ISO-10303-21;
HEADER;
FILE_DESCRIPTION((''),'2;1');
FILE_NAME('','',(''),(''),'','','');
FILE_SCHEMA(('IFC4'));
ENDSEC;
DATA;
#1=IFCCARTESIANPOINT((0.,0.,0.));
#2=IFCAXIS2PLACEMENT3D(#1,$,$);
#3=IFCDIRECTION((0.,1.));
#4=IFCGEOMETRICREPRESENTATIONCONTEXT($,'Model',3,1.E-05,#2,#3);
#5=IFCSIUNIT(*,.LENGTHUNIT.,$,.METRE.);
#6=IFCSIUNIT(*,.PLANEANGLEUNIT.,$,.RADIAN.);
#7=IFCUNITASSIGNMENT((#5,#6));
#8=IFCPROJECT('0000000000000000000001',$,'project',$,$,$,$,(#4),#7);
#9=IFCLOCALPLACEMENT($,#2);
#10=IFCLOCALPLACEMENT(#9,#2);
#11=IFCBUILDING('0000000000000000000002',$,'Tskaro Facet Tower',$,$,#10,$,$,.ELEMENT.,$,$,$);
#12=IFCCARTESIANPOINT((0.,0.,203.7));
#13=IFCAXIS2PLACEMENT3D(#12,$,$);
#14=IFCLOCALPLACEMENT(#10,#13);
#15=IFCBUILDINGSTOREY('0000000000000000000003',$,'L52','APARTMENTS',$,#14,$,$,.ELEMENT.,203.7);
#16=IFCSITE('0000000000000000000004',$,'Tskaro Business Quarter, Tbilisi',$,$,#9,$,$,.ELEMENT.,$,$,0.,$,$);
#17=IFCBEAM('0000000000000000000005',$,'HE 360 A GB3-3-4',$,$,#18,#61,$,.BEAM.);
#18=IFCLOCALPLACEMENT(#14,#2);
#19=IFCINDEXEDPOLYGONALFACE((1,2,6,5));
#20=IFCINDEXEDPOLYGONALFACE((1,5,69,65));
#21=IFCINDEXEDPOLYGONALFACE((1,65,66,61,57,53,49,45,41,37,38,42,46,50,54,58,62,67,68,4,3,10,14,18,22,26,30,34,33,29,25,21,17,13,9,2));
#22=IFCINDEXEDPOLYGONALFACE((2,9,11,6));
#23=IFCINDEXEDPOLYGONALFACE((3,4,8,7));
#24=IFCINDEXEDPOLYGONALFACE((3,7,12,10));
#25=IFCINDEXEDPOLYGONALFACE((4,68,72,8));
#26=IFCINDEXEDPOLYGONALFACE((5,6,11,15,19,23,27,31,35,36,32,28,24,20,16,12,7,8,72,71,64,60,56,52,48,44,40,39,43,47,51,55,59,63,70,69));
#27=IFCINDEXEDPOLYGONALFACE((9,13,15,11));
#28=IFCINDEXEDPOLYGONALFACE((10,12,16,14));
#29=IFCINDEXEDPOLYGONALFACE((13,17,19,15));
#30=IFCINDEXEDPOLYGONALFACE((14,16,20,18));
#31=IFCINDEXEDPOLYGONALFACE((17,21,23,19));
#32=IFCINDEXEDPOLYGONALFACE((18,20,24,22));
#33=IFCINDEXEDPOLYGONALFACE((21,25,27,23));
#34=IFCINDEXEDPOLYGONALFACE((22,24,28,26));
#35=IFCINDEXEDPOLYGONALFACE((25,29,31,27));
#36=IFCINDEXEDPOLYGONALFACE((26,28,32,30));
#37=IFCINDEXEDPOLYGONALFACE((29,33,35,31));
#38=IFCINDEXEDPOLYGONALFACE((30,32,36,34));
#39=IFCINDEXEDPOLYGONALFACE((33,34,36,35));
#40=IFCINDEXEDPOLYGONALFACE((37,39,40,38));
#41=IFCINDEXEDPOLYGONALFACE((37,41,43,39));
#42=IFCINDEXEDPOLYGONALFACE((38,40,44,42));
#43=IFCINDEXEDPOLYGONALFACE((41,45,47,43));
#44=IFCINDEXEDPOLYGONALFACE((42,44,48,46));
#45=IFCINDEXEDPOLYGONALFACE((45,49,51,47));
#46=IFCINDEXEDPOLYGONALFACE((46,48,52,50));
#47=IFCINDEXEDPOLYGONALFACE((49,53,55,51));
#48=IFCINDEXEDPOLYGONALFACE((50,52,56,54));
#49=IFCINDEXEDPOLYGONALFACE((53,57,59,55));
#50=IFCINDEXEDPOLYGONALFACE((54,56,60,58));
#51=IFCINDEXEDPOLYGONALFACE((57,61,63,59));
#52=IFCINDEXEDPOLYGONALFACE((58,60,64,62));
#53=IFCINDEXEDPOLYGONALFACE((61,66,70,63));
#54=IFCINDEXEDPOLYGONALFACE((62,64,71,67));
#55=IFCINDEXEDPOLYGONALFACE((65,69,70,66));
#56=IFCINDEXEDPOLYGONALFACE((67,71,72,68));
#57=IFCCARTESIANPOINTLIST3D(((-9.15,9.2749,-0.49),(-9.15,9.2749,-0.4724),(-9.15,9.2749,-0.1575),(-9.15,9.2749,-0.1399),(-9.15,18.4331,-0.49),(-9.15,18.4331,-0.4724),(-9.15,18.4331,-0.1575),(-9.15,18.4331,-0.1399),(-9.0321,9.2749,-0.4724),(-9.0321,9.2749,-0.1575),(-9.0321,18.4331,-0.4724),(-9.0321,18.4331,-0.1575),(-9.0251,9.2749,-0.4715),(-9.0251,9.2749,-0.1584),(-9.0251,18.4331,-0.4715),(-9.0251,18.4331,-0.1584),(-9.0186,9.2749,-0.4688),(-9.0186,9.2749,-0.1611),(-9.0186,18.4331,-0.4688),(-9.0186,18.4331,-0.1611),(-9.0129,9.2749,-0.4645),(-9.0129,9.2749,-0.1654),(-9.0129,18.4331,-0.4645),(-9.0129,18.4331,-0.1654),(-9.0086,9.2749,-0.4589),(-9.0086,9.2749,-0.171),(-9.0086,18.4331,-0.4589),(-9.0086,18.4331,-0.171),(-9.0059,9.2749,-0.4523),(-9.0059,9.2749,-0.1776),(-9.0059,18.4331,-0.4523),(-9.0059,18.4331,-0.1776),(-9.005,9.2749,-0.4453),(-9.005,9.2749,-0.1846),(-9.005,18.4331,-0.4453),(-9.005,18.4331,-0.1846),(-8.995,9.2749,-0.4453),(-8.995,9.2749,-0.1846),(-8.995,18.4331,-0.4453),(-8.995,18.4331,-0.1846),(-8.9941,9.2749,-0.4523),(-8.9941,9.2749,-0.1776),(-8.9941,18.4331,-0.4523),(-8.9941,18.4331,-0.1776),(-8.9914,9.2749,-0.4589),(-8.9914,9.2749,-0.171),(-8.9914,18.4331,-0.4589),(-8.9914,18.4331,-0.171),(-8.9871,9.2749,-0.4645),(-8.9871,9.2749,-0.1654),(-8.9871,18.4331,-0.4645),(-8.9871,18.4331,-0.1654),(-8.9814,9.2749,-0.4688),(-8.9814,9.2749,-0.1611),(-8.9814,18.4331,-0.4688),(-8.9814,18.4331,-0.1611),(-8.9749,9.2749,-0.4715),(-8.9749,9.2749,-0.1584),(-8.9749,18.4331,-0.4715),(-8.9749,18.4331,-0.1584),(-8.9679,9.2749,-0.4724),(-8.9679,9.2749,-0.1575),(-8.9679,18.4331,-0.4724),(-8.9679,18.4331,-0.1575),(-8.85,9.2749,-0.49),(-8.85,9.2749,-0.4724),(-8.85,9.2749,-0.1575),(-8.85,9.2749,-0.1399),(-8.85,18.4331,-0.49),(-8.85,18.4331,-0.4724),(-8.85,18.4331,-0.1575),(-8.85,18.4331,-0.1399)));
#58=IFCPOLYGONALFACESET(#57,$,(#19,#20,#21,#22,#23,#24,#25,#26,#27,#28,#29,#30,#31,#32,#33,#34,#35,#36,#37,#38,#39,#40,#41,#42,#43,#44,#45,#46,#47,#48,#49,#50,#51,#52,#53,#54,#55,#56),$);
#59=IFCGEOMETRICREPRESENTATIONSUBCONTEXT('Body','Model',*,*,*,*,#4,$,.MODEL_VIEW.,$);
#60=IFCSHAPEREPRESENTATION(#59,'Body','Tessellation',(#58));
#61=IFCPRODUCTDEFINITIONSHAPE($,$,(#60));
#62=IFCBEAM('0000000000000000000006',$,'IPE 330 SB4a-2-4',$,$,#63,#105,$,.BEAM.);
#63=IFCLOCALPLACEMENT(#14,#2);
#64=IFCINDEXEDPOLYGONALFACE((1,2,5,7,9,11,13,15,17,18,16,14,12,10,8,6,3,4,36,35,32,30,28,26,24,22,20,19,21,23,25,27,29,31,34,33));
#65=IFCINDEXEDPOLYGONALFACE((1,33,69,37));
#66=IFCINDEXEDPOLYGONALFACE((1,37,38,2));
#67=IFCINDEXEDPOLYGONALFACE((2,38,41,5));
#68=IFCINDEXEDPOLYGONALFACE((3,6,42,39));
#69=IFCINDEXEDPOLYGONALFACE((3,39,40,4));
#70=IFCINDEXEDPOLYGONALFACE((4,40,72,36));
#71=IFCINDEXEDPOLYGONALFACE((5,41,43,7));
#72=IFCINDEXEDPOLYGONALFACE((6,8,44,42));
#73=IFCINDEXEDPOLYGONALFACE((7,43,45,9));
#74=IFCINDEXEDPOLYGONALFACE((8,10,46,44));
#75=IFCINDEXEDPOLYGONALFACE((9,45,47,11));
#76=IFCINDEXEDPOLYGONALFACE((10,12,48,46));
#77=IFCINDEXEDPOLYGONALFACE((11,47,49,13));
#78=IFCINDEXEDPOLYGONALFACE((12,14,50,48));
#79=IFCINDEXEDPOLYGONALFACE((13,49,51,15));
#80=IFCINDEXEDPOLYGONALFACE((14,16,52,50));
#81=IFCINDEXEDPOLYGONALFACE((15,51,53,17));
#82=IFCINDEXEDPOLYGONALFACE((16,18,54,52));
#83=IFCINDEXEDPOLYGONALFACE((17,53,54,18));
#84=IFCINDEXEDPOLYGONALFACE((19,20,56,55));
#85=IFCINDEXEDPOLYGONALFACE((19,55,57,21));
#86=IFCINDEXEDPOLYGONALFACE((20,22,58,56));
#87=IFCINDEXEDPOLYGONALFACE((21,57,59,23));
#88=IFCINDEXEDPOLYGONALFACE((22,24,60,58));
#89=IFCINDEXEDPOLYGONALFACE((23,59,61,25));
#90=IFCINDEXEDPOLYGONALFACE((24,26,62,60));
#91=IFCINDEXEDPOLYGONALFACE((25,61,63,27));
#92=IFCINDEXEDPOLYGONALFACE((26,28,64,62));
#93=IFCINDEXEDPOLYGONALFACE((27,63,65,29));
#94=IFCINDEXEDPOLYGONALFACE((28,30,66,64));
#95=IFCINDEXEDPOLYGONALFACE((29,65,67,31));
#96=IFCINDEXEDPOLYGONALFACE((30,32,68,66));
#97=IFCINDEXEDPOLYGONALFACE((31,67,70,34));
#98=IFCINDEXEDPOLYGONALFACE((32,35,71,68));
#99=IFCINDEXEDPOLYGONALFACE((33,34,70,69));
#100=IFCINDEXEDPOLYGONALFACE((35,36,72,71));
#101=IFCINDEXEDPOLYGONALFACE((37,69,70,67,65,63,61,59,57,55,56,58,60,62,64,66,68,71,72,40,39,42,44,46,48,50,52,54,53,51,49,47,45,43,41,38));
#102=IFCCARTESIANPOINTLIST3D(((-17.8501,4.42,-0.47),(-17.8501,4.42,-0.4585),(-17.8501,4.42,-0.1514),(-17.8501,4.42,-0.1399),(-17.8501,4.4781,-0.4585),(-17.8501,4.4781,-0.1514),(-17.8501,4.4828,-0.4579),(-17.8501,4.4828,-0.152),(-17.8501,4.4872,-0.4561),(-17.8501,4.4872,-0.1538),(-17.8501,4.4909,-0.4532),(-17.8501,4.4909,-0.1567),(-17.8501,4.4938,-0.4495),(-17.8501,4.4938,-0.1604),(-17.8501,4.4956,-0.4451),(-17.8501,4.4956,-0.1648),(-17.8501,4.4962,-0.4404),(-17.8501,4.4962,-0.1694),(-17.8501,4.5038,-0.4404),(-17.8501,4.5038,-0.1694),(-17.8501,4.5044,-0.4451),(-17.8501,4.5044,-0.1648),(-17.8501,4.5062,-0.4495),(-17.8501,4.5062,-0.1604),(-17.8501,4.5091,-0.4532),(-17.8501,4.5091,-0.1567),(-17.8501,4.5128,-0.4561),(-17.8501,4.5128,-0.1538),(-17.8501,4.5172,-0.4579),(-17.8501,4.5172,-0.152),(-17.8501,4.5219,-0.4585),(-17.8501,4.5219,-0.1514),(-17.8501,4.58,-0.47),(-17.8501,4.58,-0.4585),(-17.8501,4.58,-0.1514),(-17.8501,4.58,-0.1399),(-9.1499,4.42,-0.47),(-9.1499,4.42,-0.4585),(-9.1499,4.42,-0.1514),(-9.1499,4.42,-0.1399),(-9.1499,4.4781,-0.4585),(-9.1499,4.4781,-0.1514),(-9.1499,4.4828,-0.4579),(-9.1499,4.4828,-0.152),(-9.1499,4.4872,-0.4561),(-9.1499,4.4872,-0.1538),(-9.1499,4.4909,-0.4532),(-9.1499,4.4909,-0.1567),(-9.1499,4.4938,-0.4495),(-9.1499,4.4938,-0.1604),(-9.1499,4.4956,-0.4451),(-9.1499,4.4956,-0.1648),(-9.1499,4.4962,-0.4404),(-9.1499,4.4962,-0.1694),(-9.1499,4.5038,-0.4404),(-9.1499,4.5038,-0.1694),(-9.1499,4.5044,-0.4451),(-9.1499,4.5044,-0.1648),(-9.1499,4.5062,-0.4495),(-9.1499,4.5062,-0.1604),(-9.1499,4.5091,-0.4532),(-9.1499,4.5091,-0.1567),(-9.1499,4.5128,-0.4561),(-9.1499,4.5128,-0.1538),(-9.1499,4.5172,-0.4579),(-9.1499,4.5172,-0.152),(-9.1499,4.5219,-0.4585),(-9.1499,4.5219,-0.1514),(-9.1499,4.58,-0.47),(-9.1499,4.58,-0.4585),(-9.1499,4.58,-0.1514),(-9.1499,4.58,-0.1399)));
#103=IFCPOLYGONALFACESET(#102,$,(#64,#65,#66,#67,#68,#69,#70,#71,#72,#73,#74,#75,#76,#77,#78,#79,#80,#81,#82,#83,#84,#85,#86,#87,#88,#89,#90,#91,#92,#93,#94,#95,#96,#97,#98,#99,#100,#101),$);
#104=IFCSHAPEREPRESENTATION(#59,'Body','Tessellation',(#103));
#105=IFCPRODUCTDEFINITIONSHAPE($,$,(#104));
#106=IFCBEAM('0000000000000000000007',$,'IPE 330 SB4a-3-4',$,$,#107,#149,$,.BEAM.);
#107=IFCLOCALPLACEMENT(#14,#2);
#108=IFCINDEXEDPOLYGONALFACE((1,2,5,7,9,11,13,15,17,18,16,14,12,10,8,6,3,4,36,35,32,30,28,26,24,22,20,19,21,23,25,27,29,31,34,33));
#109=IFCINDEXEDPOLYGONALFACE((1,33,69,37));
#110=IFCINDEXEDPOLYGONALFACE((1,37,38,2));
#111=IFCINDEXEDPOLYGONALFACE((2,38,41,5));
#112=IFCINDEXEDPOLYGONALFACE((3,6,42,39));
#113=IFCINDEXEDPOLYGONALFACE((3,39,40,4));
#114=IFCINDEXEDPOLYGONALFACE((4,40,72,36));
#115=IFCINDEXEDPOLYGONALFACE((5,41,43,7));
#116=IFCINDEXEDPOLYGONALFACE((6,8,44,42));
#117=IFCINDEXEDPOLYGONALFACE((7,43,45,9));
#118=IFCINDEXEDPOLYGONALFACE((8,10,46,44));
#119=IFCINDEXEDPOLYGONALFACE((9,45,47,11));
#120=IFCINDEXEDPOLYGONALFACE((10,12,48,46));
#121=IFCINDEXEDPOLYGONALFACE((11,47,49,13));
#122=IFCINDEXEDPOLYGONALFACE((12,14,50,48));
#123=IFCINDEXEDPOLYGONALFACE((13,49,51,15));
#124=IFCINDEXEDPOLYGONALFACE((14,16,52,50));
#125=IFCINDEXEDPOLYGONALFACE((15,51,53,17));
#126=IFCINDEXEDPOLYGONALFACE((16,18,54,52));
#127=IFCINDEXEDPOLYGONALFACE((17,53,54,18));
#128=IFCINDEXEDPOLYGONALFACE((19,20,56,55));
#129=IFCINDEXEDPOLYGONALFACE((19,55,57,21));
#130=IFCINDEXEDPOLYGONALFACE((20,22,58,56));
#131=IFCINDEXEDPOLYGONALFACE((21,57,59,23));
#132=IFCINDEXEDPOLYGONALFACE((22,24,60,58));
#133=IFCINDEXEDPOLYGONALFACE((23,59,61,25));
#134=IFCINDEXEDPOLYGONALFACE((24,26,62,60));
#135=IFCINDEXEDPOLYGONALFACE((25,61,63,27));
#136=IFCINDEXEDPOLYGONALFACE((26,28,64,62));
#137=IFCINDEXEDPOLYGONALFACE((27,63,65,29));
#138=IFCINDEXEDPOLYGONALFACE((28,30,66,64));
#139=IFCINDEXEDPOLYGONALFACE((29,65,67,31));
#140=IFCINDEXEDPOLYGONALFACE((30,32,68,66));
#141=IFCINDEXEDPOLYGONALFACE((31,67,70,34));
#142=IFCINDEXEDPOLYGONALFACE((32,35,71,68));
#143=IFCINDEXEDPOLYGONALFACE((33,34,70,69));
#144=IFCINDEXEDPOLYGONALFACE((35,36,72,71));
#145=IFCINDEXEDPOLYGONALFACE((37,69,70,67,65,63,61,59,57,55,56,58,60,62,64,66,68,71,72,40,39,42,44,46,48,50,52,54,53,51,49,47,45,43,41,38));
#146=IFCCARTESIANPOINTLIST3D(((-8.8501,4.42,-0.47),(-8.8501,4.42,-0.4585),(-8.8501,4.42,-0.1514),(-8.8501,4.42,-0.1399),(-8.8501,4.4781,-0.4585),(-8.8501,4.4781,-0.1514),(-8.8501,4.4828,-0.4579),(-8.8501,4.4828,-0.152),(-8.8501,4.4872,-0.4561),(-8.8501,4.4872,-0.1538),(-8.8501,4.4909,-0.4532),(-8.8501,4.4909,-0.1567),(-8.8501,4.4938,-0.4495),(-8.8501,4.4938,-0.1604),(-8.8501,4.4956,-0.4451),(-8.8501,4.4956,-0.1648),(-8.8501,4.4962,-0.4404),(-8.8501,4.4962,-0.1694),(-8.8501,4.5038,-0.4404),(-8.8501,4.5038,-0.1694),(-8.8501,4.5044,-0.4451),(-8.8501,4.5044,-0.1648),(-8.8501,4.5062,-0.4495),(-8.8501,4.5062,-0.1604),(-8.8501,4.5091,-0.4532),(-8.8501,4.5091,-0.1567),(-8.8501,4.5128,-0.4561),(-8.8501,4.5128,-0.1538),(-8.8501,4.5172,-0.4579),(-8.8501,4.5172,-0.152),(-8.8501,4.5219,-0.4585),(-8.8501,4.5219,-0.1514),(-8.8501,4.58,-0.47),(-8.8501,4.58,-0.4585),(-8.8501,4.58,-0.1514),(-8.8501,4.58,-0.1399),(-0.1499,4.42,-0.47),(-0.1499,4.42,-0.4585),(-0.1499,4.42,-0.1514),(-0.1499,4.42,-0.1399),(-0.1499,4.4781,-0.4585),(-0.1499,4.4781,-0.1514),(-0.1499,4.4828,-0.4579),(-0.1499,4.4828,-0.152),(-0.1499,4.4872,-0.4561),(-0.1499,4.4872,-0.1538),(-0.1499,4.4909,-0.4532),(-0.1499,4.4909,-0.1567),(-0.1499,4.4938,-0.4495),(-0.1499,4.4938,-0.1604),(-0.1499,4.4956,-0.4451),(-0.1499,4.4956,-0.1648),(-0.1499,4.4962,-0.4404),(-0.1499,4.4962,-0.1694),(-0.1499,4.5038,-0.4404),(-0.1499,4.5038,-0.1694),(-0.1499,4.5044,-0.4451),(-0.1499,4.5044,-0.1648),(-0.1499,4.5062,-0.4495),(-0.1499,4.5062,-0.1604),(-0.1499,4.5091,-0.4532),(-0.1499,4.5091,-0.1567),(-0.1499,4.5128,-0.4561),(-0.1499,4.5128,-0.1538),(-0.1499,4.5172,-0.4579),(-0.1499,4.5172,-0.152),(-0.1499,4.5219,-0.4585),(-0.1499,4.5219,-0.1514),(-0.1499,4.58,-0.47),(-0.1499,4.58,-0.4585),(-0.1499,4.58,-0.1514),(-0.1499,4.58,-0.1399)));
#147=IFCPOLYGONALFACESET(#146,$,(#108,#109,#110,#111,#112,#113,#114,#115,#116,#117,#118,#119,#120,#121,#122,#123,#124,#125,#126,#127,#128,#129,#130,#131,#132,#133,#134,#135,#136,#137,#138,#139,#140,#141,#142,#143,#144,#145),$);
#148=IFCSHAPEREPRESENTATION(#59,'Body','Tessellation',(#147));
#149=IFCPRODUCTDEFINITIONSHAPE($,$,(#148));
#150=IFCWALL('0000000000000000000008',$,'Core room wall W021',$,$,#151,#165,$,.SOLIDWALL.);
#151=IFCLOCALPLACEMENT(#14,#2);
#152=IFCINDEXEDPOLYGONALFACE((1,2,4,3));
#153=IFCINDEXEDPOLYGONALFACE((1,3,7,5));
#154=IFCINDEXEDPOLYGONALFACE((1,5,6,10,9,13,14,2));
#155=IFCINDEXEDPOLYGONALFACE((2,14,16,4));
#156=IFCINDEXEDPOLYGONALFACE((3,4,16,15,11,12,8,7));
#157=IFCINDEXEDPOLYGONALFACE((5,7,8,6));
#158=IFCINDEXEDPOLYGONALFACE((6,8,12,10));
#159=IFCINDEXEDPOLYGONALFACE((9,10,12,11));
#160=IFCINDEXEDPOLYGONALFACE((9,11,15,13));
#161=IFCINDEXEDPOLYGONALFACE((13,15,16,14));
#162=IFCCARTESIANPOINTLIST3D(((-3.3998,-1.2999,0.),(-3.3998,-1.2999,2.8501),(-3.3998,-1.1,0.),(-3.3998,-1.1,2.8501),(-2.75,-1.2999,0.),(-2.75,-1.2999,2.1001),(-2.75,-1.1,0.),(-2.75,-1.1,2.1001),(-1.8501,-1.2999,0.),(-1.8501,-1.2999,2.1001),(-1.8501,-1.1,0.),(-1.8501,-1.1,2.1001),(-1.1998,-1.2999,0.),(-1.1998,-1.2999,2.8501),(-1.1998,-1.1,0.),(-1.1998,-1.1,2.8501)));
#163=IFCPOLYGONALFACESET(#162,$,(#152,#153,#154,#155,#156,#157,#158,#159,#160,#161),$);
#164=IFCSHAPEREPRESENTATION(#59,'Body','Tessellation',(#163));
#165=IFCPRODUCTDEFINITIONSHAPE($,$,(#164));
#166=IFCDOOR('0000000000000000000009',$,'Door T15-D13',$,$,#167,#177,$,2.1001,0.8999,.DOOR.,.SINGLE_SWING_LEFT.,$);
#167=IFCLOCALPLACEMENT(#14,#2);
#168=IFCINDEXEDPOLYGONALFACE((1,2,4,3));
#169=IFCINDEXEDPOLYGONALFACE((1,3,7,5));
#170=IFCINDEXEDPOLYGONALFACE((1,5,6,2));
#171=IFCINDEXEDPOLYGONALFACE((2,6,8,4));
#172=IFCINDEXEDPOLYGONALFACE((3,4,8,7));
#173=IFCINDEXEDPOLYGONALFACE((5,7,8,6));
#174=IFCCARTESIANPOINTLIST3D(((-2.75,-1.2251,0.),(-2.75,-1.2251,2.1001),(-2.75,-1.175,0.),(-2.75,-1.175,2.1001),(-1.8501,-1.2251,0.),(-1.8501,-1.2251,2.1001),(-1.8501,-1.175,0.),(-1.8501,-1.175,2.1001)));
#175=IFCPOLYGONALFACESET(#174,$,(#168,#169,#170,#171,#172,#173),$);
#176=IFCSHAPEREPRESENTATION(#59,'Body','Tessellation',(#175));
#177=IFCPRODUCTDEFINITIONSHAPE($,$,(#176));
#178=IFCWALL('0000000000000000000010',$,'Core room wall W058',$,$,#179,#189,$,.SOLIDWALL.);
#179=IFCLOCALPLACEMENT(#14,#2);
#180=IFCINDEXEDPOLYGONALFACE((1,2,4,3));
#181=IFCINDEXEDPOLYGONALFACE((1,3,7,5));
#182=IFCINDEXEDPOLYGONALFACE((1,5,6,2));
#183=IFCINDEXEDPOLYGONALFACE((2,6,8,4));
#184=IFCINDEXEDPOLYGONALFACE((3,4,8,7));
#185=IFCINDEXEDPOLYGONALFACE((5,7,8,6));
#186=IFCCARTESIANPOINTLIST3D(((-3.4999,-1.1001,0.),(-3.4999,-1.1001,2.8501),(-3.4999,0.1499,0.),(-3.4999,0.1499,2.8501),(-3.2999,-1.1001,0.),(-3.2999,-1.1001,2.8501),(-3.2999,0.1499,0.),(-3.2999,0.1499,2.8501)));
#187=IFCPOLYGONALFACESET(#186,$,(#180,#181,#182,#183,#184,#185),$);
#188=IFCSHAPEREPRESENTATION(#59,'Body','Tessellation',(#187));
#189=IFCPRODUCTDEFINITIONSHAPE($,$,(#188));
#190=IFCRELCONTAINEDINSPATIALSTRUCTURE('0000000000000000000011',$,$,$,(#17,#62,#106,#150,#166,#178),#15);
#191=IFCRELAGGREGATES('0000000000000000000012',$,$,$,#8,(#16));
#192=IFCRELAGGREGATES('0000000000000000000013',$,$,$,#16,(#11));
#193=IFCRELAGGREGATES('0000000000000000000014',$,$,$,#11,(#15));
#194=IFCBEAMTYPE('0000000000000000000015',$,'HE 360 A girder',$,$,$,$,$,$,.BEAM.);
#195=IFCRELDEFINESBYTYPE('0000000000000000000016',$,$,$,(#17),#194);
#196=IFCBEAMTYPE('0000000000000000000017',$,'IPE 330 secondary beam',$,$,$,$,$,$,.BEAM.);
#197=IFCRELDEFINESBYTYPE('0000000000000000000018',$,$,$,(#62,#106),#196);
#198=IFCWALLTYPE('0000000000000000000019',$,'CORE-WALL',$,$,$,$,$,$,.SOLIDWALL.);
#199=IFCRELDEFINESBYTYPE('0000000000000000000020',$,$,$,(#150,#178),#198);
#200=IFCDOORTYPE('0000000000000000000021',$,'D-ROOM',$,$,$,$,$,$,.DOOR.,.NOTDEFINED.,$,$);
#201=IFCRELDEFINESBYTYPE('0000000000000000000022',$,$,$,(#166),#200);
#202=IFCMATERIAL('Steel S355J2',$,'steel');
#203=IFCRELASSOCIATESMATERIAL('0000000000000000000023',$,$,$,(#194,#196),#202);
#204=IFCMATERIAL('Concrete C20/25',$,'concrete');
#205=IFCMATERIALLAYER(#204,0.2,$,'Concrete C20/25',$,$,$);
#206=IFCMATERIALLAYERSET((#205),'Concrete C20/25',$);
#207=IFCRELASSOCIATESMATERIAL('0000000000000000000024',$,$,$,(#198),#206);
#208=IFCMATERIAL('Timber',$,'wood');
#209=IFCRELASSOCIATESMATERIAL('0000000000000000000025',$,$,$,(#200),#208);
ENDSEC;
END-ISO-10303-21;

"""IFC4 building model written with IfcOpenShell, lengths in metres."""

from ifc_helpers import new_model, si_unit, direction, frame, frame_2d, origin, origin_2d, place, context, subcontext, project, spatial, rectangle, i_section, extrude, material, layer, layer_set, material_profile, profile_set, type_object, element, fill, save


model = new_model("IFC4")

# Units and contexts
model_context = context("Model", 3, precision=1e-05, world=origin(), true_north=direction((0.0, 1.0)))
body_context = subcontext(model_context, "Body", "Model", "MODEL_VIEW")
ifc_project = project(units=[si_unit("LENGTHUNIT", "METRE"), si_unit("PLANEANGLEUNIT", "RADIAN")], contexts=[model_context])

# Site, building, storey
site_placement = place(None, origin())
site = spatial("IfcSite", under=ifc_project, at=site_placement, Name="Tskaro Business Quarter, Tbilisi", CompositionType="ELEMENT", RefElevation=0.0)
building_placement = place(site_placement, origin())
building = spatial("IfcBuilding", under=site, at=building_placement, Name="Tskaro Facet Tower", CompositionType="ELEMENT")
storey_placement = place(building_placement, frame((0.0, 0.0, 203.7)))
storey = spatial("IfcBuildingStorey", under=building, at=storey_placement, Name="L52", Description="APARTMENTS", CompositionType="ELEMENT", Elevation=203.7)

# Beams
ifc_material_1 = material(Name="Steel S355J2", Category="steel")
ifc_material_profile_1 = material_profile(ifc_material_1, i_section(OverallWidth=0.3, OverallDepth=0.3501, WebThickness=0.01, FlangeThickness=0.0176, FilletRadius=0.0271, at=origin_2d()), Name="HE 360 A")
ifc_profile_set_1 = profile_set([ifc_material_profile_1], Name="Steel S355J2")
beam_type_1 = type_object("IfcBeamType", Name="HE 360 A girder", PredefinedType="BEAM", material=ifc_profile_set_1)
beam_1_placement = place(storey_placement, frame((-9.0, 9.2749, -0.3149), z_axis=(0.0, 1.0, 0.0), x_axis=(-1.0, 0.0, 0.0)))
element("IfcBeam", 1, at=beam_1_placement, inside=storey, type_object=beam_type_1, Name="HE 360 A GB3-3-4", PredefinedType="BEAM", context=body_context, shape_type="SweptSolid", body=[
    extrude(i_section(OverallWidth=0.3, OverallDepth=0.3501, WebThickness=0.01, FlangeThickness=0.0176, FilletRadius=0.0271, at=origin_2d()), origin(), (0.0, 0.0, 1.0), 9.1582),
])
ifc_material_profile_2 = material_profile(ifc_material_1, i_section(OverallWidth=0.1599, OverallDepth=0.3301, WebThickness=0.0076, FlangeThickness=0.0115, FilletRadius=0.0181, at=origin_2d()), Name="IPE 330")
ifc_profile_set_2 = profile_set([ifc_material_profile_2], Name="Steel S355J2")
beam_type_2 = type_object("IfcBeamType", Name="IPE 330 secondary beam", PredefinedType="BEAM", material=ifc_profile_set_2)
for number, where, z_axis, x_axis, name in (
    (2, (-17.8501, 4.5, -0.3049), (1.0, 0.0, 0.0), (0.0, 1.0, 0.0), "IPE 330 SB4a-2-4"),
    (3, (-8.8501, 4.5, -0.3049), (1.0, 0.0, 0.0), (0.0, 1.0, 0.0), "IPE 330 SB4a-3-4"),
):
    element("IfcBeam", number, at=place(storey_placement, frame(where, z_axis=z_axis, x_axis=x_axis)), inside=storey, type_object=beam_type_2, Name=name, PredefinedType="BEAM", context=body_context, shape_type="SweptSolid", body=[
        extrude(i_section(OverallWidth=0.1599, OverallDepth=0.3301, WebThickness=0.0076, FlangeThickness=0.0115, FilletRadius=0.0181, at=origin_2d()), origin(), (0.0, 0.0, 1.0), 8.7002),
    ])

# Wall, opening, door
ifc_material_2 = material(Name="Concrete C20/25", Category="concrete")
ifc_layer_1 = layer(ifc_material_2, 0.2, Name="Concrete C20/25")
ifc_layer_set_1 = layer_set([ifc_layer_1], Name="Concrete C20/25")
wall_type_1 = type_object("IfcWallType", Name="CORE-WALL", PredefinedType="SOLIDWALL", material=ifc_layer_set_1)
wall_1_placement = place(storey_placement, frame((-3.3999, -1.2, 0.0), z_axis=(0.0, 0.0, 1.0), x_axis=(1.0, 0.0, 0.0)))
wall_1 = element("IfcWall", 4, at=wall_1_placement, inside=storey, type_object=wall_type_1, Name="Core room wall W021", PredefinedType="SOLIDWALL", context=body_context, shape_type="SweptSolid", body=[
    extrude(rectangle(XDim=2.2, YDim=0.2, at=frame_2d((1.1001, 0.0))), origin(), (0.0, 0.0, 1.0), 2.8501),
])
opening_1_placement = place(wall_1_placement, frame((0.6499, 0.0, 0.0)))
opening_1 = element("IfcOpeningElement", 5, at=opening_1_placement, cuts=wall_1, PredefinedType="OPENING", context=body_context, shape_type="SweptSolid", body=[
    extrude(rectangle(XDim=0.8999, YDim=2.1001, at=frame_2d((0.45, 1.05))), frame((0.0, 0.1099, 0.0), z_axis=(0.0, -1.0, 0.0), x_axis=(1.0, 0.0, 0.0)), (0.0, 0.0, 1.0), 0.22),
])
ifc_material_3 = material(Name="Timber", Category="wood")
door_type_1 = type_object("IfcDoorType", Name="D-ROOM", OperationType="NOTDEFINED", PredefinedType="DOOR", material=ifc_material_3)
door_1_placement = place(opening_1_placement, origin())
door_1 = element("IfcDoor", 6, at=door_1_placement, inside=storey, type_object=door_type_1, Name="Door T15-D13", OperationType="SINGLE_SWING_LEFT", OverallHeight=2.1001, OverallWidth=0.8999, PredefinedType="DOOR", context=body_context, shape_type="SweptSolid", body=[
    extrude(rectangle(XDim=0.8999, YDim=2.1001, at=frame_2d((0.45, 1.05))), frame((0.0, 0.0249, 0.0), z_axis=(0.0, -1.0, 0.0), x_axis=(1.0, 0.0, 0.0)), (0.0, 0.0, 1.0), 0.05),
])
fill(opening_1, door_1)

# Wall
wall_2_placement = place(storey_placement, frame((-3.3999, -1.1001, 0.0), z_axis=(0.0, 0.0, 1.0), x_axis=(0.0, 1.0, 0.0)))
element("IfcWall", 7, at=wall_2_placement, inside=storey, type_object=wall_type_1, Name="Core room wall W058", PredefinedType="SOLIDWALL", context=body_context, shape_type="SweptSolid", body=[
    extrude(rectangle(XDim=1.25, YDim=0.2, at=frame_2d((0.625, 0.0))), origin(), (0.0, 0.0, 1.0), 2.8501),
])

save(model, "model.ifc")
